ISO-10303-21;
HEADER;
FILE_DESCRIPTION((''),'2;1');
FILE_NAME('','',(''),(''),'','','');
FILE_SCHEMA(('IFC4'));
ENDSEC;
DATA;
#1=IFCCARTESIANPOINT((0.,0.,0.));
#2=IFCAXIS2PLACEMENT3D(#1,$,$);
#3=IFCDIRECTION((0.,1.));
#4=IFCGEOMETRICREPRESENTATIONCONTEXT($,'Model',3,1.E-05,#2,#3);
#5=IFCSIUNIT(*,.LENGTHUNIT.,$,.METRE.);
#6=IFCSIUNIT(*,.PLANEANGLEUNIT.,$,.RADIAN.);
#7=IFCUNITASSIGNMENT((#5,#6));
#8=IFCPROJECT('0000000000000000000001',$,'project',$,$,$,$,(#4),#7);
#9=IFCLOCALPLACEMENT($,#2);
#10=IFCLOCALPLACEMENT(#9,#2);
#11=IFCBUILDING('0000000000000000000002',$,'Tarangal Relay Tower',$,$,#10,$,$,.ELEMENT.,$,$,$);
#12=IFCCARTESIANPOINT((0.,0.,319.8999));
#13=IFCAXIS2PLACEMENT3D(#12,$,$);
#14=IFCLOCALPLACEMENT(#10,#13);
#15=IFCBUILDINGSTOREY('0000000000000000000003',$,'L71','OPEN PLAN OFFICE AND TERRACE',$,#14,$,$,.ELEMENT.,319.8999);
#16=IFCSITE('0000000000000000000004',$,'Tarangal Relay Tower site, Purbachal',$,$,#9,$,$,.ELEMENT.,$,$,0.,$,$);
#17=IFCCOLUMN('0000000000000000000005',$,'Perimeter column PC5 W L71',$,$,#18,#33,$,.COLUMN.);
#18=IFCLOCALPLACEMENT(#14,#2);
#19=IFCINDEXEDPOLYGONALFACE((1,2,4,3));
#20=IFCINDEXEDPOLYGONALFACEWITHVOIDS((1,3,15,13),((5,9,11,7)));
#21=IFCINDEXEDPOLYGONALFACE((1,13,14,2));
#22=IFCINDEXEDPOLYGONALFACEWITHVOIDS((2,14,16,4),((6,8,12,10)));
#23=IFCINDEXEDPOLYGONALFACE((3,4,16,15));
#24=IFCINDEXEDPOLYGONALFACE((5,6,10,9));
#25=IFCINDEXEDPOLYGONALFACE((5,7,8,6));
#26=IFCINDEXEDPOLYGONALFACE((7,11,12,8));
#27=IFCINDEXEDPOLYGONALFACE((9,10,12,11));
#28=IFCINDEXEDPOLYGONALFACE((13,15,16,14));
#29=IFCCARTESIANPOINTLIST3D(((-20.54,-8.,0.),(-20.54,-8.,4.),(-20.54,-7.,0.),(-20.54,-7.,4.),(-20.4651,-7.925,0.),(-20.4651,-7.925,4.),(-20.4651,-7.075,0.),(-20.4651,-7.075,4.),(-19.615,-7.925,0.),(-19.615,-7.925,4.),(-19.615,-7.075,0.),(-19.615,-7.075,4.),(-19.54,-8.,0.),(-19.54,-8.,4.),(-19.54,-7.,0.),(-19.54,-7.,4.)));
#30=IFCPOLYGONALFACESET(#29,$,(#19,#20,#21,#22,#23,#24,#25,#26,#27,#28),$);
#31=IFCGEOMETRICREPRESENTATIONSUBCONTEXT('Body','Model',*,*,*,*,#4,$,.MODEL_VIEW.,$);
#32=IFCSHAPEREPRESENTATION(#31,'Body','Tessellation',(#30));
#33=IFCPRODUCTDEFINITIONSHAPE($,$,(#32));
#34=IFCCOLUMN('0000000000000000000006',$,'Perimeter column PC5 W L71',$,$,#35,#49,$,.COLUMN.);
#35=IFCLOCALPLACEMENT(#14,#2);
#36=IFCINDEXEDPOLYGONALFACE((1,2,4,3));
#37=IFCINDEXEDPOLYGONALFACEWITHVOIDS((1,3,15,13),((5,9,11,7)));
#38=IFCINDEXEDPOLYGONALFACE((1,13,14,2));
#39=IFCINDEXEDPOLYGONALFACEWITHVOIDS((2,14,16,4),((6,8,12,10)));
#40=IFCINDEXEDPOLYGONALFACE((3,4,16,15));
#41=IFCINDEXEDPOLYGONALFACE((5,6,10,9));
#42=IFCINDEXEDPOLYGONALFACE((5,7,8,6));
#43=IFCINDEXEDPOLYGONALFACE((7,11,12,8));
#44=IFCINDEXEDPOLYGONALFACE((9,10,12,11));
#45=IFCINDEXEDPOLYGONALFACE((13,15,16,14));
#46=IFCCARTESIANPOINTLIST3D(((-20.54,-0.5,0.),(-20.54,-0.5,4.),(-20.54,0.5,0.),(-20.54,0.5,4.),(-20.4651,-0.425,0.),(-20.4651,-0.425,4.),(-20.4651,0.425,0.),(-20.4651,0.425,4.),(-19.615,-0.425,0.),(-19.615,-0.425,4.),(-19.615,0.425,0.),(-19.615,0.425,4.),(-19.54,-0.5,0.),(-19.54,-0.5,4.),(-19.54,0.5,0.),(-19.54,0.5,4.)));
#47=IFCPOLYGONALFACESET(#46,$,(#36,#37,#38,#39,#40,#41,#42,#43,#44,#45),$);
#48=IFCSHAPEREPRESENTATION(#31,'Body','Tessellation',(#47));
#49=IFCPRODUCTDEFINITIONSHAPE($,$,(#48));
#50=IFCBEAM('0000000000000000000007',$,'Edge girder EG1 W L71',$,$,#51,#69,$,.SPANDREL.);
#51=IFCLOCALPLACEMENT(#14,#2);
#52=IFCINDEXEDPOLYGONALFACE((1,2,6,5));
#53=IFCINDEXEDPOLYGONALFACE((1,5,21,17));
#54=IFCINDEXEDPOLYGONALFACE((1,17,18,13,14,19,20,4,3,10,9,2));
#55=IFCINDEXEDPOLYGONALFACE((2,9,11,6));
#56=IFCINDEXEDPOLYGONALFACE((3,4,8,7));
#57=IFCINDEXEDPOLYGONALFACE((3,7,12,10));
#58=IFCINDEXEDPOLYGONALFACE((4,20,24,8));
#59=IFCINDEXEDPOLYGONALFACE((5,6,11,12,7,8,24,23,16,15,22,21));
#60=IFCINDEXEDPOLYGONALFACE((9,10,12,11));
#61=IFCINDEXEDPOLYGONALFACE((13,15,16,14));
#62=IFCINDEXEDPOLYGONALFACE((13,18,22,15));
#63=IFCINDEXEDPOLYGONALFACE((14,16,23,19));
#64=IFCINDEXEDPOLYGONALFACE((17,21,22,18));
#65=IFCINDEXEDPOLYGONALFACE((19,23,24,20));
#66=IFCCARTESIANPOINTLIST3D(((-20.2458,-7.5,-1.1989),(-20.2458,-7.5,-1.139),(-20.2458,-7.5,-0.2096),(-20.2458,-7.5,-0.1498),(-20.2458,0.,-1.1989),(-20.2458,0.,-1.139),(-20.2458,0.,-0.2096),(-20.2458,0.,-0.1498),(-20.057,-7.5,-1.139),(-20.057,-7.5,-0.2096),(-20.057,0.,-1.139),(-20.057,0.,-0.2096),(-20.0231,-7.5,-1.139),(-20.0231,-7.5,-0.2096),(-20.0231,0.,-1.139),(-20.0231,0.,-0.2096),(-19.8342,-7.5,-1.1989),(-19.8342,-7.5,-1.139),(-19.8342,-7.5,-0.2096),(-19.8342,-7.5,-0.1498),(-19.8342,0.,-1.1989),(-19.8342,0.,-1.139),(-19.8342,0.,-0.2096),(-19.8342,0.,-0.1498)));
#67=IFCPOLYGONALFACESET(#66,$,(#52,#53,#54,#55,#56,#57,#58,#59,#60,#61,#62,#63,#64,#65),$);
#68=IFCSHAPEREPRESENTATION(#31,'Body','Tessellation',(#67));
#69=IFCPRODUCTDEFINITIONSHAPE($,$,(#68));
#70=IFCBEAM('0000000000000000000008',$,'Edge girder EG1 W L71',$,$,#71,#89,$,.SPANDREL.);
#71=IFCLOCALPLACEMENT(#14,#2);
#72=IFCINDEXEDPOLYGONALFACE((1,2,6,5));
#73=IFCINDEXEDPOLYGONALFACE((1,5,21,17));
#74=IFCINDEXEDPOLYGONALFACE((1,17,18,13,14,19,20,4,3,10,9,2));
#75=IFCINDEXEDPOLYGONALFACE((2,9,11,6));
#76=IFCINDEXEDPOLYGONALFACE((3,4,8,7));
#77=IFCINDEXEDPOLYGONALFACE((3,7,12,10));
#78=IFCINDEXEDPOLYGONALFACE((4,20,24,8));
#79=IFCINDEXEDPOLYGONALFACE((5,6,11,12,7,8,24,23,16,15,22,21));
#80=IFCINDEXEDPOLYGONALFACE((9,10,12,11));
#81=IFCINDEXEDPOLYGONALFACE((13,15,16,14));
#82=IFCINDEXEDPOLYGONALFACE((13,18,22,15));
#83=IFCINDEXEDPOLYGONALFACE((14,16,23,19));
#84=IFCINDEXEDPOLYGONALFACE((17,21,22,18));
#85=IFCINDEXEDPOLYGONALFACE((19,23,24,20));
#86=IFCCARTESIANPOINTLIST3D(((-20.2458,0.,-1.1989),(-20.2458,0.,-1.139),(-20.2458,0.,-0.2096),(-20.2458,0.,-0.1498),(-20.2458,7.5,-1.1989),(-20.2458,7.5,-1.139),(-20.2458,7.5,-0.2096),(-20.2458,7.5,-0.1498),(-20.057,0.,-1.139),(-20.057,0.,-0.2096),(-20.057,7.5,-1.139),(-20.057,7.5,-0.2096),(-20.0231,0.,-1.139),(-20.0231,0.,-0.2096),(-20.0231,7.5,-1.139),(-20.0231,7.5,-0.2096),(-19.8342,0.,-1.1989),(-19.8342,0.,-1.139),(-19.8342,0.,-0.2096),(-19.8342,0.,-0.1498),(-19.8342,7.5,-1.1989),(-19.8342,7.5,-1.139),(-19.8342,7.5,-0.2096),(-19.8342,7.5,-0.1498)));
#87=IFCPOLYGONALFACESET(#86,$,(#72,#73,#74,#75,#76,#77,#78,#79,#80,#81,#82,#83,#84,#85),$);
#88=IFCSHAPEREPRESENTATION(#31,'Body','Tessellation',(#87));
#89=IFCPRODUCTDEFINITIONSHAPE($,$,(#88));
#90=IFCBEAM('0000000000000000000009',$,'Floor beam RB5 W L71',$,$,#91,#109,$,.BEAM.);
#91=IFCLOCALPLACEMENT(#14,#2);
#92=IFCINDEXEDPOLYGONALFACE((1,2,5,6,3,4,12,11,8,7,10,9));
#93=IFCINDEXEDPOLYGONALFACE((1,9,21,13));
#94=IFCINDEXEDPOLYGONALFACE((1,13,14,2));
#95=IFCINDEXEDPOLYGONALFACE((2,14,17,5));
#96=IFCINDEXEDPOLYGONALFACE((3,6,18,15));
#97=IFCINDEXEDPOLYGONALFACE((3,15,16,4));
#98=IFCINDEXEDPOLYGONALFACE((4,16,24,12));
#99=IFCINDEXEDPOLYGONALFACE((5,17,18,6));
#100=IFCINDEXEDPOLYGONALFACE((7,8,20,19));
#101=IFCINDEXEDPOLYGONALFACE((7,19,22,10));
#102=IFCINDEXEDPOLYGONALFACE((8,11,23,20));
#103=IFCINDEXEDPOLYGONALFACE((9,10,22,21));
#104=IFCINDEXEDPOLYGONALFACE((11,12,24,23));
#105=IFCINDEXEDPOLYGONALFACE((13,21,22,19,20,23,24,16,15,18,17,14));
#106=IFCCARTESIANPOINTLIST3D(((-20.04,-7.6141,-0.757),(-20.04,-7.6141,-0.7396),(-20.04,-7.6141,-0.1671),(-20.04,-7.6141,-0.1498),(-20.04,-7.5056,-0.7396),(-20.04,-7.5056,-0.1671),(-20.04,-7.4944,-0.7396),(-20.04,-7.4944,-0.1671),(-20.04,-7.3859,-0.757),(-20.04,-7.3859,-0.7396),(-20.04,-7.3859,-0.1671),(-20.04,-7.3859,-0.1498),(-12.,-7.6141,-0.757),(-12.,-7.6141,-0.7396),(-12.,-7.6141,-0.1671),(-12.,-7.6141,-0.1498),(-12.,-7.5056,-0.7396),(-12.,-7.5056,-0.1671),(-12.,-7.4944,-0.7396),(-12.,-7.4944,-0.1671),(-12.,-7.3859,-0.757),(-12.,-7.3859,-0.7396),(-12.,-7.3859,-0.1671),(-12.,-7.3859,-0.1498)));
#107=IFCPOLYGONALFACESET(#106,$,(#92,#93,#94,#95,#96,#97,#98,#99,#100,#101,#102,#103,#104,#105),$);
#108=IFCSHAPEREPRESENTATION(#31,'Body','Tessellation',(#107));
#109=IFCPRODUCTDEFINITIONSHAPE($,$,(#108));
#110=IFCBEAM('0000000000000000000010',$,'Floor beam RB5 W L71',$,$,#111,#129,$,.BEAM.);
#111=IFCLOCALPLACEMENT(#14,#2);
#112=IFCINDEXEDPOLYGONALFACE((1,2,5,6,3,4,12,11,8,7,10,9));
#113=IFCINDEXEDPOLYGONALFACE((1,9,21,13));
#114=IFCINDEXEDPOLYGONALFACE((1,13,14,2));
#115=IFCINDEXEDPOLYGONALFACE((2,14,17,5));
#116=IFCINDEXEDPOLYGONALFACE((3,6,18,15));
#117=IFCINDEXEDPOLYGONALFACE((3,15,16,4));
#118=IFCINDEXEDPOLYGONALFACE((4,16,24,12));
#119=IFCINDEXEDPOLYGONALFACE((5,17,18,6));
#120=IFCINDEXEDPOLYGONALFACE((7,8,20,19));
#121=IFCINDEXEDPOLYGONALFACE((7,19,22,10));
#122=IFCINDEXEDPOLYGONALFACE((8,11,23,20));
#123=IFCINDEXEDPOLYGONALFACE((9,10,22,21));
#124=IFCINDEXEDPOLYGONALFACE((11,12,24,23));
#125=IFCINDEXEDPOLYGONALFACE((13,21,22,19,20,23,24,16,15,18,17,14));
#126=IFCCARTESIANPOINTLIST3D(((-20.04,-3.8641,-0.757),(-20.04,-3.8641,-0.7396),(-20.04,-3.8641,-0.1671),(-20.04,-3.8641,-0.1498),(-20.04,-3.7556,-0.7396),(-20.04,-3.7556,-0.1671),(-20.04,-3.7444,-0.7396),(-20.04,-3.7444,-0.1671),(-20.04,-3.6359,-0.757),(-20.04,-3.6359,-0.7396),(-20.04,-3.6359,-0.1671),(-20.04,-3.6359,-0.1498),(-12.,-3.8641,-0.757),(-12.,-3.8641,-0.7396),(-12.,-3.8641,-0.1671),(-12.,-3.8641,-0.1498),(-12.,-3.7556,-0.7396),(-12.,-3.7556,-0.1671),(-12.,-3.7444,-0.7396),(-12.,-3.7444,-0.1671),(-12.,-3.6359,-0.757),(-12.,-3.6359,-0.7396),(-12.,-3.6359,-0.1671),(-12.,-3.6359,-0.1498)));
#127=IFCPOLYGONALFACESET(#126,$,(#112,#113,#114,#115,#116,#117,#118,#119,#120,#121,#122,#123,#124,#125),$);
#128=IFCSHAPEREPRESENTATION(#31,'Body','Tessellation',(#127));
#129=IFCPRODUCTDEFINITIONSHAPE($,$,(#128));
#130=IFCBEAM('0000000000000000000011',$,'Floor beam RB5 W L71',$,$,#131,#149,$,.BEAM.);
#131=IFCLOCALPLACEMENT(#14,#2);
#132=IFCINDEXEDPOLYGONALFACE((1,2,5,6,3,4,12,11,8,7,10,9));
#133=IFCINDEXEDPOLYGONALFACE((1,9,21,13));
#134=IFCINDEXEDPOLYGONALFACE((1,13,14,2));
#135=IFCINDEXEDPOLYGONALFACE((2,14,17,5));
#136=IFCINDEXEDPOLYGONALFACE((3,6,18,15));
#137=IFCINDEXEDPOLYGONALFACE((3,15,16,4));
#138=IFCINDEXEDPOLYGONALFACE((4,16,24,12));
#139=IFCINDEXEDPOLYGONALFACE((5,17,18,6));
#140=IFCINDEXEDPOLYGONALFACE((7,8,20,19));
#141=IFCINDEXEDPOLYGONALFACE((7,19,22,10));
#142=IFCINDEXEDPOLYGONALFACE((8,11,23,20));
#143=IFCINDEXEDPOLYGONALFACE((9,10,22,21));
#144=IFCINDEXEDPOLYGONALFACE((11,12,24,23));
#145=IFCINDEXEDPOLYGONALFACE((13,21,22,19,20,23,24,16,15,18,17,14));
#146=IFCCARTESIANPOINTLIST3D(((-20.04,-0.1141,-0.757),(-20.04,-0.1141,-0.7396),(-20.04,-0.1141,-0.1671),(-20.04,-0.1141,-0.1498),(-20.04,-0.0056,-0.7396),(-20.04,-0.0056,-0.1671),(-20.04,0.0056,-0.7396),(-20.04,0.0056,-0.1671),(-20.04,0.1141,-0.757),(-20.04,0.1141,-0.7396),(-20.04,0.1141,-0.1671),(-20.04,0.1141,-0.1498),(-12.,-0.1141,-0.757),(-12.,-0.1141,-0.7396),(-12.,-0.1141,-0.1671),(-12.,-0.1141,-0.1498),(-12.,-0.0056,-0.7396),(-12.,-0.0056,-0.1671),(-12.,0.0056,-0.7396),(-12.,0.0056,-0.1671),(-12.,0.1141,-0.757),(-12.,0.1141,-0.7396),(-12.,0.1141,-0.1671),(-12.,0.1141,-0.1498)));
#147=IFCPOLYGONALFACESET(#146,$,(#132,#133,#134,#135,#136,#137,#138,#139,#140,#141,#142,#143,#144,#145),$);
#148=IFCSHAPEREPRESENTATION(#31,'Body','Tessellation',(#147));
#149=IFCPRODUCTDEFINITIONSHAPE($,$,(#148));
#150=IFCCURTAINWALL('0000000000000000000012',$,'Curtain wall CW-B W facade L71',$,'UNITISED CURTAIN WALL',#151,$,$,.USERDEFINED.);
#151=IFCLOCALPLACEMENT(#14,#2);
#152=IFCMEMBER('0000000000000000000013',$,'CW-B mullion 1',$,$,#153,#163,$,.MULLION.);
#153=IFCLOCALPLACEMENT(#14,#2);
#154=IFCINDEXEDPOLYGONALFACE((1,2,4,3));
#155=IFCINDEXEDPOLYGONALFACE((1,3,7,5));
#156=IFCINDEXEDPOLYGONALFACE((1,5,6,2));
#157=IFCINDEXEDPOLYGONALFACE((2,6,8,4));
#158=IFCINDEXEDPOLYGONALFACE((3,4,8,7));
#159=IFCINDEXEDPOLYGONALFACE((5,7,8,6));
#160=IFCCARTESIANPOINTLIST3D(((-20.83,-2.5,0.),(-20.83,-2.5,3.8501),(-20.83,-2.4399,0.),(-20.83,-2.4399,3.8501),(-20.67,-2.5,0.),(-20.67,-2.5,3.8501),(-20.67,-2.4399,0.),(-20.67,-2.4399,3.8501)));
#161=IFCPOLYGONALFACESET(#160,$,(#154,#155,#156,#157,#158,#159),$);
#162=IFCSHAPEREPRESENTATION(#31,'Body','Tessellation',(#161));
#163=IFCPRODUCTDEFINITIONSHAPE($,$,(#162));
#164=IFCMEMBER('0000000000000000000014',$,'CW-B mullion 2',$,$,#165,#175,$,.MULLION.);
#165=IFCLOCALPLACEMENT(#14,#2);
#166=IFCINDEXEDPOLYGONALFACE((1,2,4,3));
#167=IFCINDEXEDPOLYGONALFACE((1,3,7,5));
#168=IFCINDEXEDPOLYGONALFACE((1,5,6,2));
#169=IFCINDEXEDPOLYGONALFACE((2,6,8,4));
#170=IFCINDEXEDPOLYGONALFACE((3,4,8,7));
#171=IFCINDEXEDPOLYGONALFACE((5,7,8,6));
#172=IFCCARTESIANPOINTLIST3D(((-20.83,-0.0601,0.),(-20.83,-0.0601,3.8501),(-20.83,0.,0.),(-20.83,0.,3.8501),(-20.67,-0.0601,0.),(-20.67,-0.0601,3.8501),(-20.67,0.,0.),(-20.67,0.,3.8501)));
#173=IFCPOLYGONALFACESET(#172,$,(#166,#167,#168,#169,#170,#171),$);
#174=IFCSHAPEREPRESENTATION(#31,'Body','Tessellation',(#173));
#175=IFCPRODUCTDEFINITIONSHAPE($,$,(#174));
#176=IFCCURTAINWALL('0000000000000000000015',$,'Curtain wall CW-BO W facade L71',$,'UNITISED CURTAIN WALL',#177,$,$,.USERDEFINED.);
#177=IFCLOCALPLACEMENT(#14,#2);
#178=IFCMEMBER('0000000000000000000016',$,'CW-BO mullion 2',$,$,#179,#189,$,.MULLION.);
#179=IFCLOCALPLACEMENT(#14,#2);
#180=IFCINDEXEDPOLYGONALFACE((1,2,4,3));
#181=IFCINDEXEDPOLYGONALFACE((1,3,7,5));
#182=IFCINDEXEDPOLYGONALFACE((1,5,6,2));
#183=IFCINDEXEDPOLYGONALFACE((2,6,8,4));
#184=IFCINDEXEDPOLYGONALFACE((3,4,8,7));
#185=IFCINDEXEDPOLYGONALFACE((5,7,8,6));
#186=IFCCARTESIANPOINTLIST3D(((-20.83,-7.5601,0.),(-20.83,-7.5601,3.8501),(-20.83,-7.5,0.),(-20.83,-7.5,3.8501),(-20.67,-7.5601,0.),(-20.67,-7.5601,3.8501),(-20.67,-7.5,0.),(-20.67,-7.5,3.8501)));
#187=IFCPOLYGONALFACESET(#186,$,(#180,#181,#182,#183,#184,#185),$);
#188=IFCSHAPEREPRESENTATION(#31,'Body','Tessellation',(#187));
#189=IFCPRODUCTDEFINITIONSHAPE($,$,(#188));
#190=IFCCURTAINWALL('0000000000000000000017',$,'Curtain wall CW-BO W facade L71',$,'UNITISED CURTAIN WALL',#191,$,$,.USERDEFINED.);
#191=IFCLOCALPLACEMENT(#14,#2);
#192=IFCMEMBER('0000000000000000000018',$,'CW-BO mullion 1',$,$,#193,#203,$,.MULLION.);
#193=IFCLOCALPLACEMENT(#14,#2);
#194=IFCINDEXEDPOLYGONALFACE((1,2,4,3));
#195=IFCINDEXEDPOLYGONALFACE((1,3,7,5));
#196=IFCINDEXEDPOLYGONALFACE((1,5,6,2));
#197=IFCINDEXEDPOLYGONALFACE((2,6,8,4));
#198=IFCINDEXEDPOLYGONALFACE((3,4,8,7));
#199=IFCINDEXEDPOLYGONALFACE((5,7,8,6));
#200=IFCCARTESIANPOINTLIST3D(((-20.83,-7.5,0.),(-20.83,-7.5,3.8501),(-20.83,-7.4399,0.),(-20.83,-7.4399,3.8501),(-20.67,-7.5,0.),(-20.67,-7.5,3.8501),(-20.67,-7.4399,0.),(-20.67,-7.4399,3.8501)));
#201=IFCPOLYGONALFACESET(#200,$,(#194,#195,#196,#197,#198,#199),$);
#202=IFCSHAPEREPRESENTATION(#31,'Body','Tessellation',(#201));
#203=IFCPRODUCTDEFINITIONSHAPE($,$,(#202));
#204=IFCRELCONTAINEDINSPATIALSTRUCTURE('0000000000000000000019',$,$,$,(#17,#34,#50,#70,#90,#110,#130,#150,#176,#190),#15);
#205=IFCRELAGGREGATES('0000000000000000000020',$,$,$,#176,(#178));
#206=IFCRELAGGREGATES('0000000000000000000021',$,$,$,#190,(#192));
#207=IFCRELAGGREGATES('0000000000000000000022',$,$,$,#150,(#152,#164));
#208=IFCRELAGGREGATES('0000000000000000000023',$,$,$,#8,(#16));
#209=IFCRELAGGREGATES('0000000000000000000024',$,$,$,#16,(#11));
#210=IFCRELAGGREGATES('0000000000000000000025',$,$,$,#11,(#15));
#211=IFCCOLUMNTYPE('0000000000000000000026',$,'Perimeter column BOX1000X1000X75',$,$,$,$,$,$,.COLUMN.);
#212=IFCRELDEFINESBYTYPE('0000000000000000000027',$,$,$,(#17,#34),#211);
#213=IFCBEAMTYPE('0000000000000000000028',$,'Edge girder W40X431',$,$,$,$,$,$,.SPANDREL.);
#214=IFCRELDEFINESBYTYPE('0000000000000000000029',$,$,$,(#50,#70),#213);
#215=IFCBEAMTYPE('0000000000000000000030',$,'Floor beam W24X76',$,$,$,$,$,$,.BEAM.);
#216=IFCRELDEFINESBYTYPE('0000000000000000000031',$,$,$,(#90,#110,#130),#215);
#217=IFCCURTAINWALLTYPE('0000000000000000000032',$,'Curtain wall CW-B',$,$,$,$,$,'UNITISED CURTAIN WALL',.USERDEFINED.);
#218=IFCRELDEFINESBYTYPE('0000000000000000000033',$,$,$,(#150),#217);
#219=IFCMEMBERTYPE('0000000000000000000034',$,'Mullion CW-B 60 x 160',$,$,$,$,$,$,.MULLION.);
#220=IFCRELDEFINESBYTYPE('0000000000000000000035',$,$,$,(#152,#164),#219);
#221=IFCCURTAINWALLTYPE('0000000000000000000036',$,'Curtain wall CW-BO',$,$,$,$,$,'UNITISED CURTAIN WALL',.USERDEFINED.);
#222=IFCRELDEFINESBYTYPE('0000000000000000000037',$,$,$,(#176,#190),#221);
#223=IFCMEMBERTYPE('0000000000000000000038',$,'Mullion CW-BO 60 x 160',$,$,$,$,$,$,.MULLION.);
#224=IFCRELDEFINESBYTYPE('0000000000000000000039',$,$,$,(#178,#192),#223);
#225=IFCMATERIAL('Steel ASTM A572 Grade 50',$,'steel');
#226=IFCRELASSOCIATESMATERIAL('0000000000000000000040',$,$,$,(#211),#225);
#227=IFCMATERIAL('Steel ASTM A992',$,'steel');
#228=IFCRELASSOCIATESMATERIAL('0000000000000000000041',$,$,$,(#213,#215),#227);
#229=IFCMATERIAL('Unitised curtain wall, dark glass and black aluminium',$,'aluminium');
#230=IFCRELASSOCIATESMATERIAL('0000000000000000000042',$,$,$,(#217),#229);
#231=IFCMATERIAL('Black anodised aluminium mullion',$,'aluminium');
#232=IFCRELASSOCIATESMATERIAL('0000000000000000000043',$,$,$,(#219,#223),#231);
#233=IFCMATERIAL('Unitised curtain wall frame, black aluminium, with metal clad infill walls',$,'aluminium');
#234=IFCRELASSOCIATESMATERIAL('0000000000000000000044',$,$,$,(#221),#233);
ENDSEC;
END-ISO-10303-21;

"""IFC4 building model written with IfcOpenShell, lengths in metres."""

from ifc_helpers import new_model, si_unit, direction, frame, origin, origin_2d, place, context, subcontext, project, spatial, rectangle, hollow_rectangle, i_section, extrude, material, material_profile, profile_set, type_object, element, aggregate, save


model = new_model("IFC4")

# Units and contexts
model_context = context("Model", 3, precision=1e-05, world=origin(), true_north=direction((0.0, 1.0)))
body_context = subcontext(model_context, "Body", "Model", "MODEL_VIEW")
ifc_project = project(units=[si_unit("LENGTHUNIT", "METRE"), si_unit("PLANEANGLEUNIT", "RADIAN")], contexts=[model_context])

# Site, building, storey
site_placement = place(None, origin())
site = spatial("IfcSite", under=ifc_project, at=site_placement, Name="Tarangal Relay Tower site, Purbachal", CompositionType="ELEMENT", RefElevation=0.0)
building_placement = place(site_placement, origin())
building = spatial("IfcBuilding", under=site, at=building_placement, Name="Tarangal Relay Tower", CompositionType="ELEMENT")
storey_placement = place(building_placement, frame((0.0, 0.0, 319.8999)))
storey = spatial("IfcBuildingStorey", under=building, at=storey_placement, Name="L71", Description="OPEN PLAN OFFICE AND TERRACE", CompositionType="ELEMENT", Elevation=319.8999)

# Columns
ifc_material_1 = material(Name="Steel ASTM A572 Grade 50", Category="steel")
ifc_material_profile_1 = material_profile(ifc_material_1, hollow_rectangle(XDim=1.0, YDim=1.0, WallThickness=0.075, at=origin_2d()), Name="BOX1000X1000X75")
ifc_profile_set_1 = profile_set([ifc_material_profile_1], Name="Steel ASTM A572 Grade 50")
column_type = type_object("IfcColumnType", Name="Perimeter column BOX1000X1000X75", PredefinedType="COLUMN", material=ifc_profile_set_1)
for number, where, z_axis, x_axis, name in (
    (1, (-20.04, -7.5, 0.0), (0.0, 0.0, 1.0), (1.0, 0.0, 0.0), "Perimeter column PC5 W L71"),
    (2, (-20.04, 0.0, 0.0), (0.0, 0.0, 1.0), (1.0, 0.0, 0.0), "Perimeter column PC5 W L71"),
):
    element("IfcColumn", number, at=place(storey_placement, frame(where, z_axis=z_axis, x_axis=x_axis)), inside=storey, type_object=column_type, Name=name, PredefinedType="COLUMN", context=body_context, shape_type="SweptSolid", body=[
        extrude(hollow_rectangle(XDim=1.0, YDim=1.0, WallThickness=0.075, at=origin_2d()), origin(), (0.0, 0.0, 1.0), 4.0),
    ])

# Beams
ifc_material_2 = material(Name="Steel ASTM A992", Category="steel")
ifc_material_profile_2 = material_profile(ifc_material_2, i_section(OverallWidth=0.4116, OverallDepth=1.0491, WebThickness=0.0339, FlangeThickness=0.0598, at=origin_2d()), Name="W40X431")
ifc_profile_set_2 = profile_set([ifc_material_profile_2], Name="Steel ASTM A992")
beam_type_1 = type_object("IfcBeamType", Name="Edge girder W40X431", PredefinedType="SPANDREL", material=ifc_profile_set_2)
for number, where, z_axis, x_axis, name in (
    (3, (-20.04, -7.5, -0.6743), (0.0, 1.0, 0.0), (-1.0, 0.0, 0.0), "Edge girder EG1 W L71"),
    (4, (-20.04, 0.0, -0.6743), (0.0, 1.0, 0.0), (-1.0, 0.0, 0.0), "Edge girder EG1 W L71"),
):
    element("IfcBeam", number, at=place(storey_placement, frame(where, z_axis=z_axis, x_axis=x_axis)), inside=storey, type_object=beam_type_1, Name=name, PredefinedType="SPANDREL", context=body_context, shape_type="SweptSolid", body=[
        extrude(i_section(OverallWidth=0.4116, OverallDepth=1.0491, WebThickness=0.0339, FlangeThickness=0.0598, at=origin_2d()), origin(), (0.0, 0.0, 1.0), 7.5),
    ])
ifc_material_profile_3 = material_profile(ifc_material_2, i_section(OverallWidth=0.2283, OverallDepth=0.6072, WebThickness=0.0112, FlangeThickness=0.0173, at=origin_2d()), Name="W24X76")
ifc_profile_set_3 = profile_set([ifc_material_profile_3], Name="Steel ASTM A992")
beam_type_2 = type_object("IfcBeamType", Name="Floor beam W24X76", PredefinedType="BEAM", material=ifc_profile_set_3)
for number, where, z_axis, x_axis, name in (
    (5, (-12.0, -7.5, -0.4534), (-1.0, 0.0, 0.0), (0.0, -1.0, 0.0), "Floor beam RB5 W L71"),
    (6, (-12.0, -3.75, -0.4534), (-1.0, 0.0, 0.0), (0.0, -1.0, 0.0), "Floor beam RB5 W L71"),
    (7, (-12.0, 0.0, -0.4534), (-1.0, 0.0, 0.0), (0.0, -1.0, 0.0), "Floor beam RB5 W L71"),
):
    element("IfcBeam", number, at=place(storey_placement, frame(where, z_axis=z_axis, x_axis=x_axis)), inside=storey, type_object=beam_type_2, Name=name, PredefinedType="BEAM", context=body_context, shape_type="SweptSolid", body=[
        extrude(i_section(OverallWidth=0.2283, OverallDepth=0.6072, WebThickness=0.0112, FlangeThickness=0.0173, at=origin_2d()), origin(), (0.0, 0.0, 1.0), 8.04),
    ])

# Curtain wall, members
ifc_material_3 = material(Name="Unitised curtain wall, dark glass and black aluminium", Category="aluminium")
curtain_wall_type_1 = type_object("IfcCurtainWallType", Name="Curtain wall CW-B", ElementType="UNITISED CURTAIN WALL", PredefinedType="USERDEFINED", material=ifc_material_3)
curtain_wall_1_placement = place(storey_placement, origin())
curtain_wall_1 = element("IfcCurtainWall", 8, at=curtain_wall_1_placement, inside=storey, type_object=curtain_wall_type_1, Name="Curtain wall CW-B W facade L71", ObjectType="UNITISED CURTAIN WALL", PredefinedType="USERDEFINED")
ifc_material_4 = material(Name="Black anodised aluminium mullion", Category="aluminium")
ifc_material_profile_4 = material_profile(ifc_material_4, rectangle(XDim=0.1599, YDim=0.0601, at=origin_2d()), Name="CW-BM 60X160")
ifc_profile_set_4 = profile_set([ifc_material_profile_4], Name="Black anodised aluminium mullion")
member_type_1 = type_object("IfcMemberType", Name="Mullion CW-B 60 x 160", PredefinedType="MULLION", material=ifc_profile_set_4)
member_1_placement = place(storey_placement, frame((-20.75, -2.47, 0.0), z_axis=(0.0, 0.0, 1.0), x_axis=(-1.0, 0.0, 0.0)))
member_1 = element("IfcMember", 9, at=member_1_placement, type_object=member_type_1, Name="CW-B mullion 1", PredefinedType="MULLION", context=body_context, shape_type="SweptSolid", body=[
    extrude(rectangle(XDim=0.1599, YDim=0.0601, at=origin_2d()), origin(), (0.0, 0.0, 1.0), 3.8501),
])
member_2_placement = place(storey_placement, frame((-20.75, -0.03, 0.0), z_axis=(0.0, 0.0, 1.0), x_axis=(-1.0, 0.0, 0.0)))
member_2 = element("IfcMember", 10, at=member_2_placement, type_object=member_type_1, Name="CW-B mullion 2", PredefinedType="MULLION", context=body_context, shape_type="SweptSolid", body=[
    extrude(rectangle(XDim=0.1599, YDim=0.0601, at=origin_2d()), origin(), (0.0, 0.0, 1.0), 3.8501),
])

# Curtain wall, member
ifc_material_5 = material(Name="Unitised curtain wall frame, black aluminium, with metal clad infill walls", Category="aluminium")
curtain_wall_type_2 = type_object("IfcCurtainWallType", Name="Curtain wall CW-BO", ElementType="UNITISED CURTAIN WALL", PredefinedType="USERDEFINED", material=ifc_material_5)
curtain_wall_2_placement = place(storey_placement, origin())
curtain_wall_2 = element("IfcCurtainWall", 11, at=curtain_wall_2_placement, inside=storey, type_object=curtain_wall_type_2, Name="Curtain wall CW-BO W facade L71", ObjectType="UNITISED CURTAIN WALL", PredefinedType="USERDEFINED")
ifc_material_profile_5 = material_profile(ifc_material_4, rectangle(XDim=0.1599, YDim=0.0601, at=origin_2d()), Name="CW-BOM 60X160")
ifc_profile_set_5 = profile_set([ifc_material_profile_5], Name="Black anodised aluminium mullion")
member_type_2 = type_object("IfcMemberType", Name="Mullion CW-BO 60 x 160", PredefinedType="MULLION", material=ifc_profile_set_5)
member_3_placement = place(storey_placement, frame((-20.75, -7.53, 0.0), z_axis=(0.0, 0.0, 1.0), x_axis=(-1.0, 0.0, 0.0)))
member_3 = element("IfcMember", 12, at=member_3_placement, type_object=member_type_2, Name="CW-BO mullion 2", PredefinedType="MULLION", context=body_context, shape_type="SweptSolid", body=[
    extrude(rectangle(XDim=0.1599, YDim=0.0601, at=origin_2d()), origin(), (0.0, 0.0, 1.0), 3.8501),
])

# Curtain wall, member
curtain_wall_3_placement = place(storey_placement, origin())
curtain_wall_3 = element("IfcCurtainWall", 13, at=curtain_wall_3_placement, inside=storey, type_object=curtain_wall_type_2, Name="Curtain wall CW-BO W facade L71", ObjectType="UNITISED CURTAIN WALL", PredefinedType="USERDEFINED")
member_4_placement = place(storey_placement, frame((-20.75, -7.47, 0.0), z_axis=(0.0, 0.0, 1.0), x_axis=(-1.0, 0.0, 0.0)))
member_4 = element("IfcMember", 14, at=member_4_placement, type_object=member_type_2, Name="CW-BO mullion 1", PredefinedType="MULLION", context=body_context, shape_type="SweptSolid", body=[
    extrude(rectangle(XDim=0.1599, YDim=0.0601, at=origin_2d()), origin(), (0.0, 0.0, 1.0), 3.8501),
])

aggregate(curtain_wall_2, [member_3])
aggregate(curtain_wall_3, [member_4])

aggregate(curtain_wall_1, [member_1, member_2])

save(model, "model.ifc")
